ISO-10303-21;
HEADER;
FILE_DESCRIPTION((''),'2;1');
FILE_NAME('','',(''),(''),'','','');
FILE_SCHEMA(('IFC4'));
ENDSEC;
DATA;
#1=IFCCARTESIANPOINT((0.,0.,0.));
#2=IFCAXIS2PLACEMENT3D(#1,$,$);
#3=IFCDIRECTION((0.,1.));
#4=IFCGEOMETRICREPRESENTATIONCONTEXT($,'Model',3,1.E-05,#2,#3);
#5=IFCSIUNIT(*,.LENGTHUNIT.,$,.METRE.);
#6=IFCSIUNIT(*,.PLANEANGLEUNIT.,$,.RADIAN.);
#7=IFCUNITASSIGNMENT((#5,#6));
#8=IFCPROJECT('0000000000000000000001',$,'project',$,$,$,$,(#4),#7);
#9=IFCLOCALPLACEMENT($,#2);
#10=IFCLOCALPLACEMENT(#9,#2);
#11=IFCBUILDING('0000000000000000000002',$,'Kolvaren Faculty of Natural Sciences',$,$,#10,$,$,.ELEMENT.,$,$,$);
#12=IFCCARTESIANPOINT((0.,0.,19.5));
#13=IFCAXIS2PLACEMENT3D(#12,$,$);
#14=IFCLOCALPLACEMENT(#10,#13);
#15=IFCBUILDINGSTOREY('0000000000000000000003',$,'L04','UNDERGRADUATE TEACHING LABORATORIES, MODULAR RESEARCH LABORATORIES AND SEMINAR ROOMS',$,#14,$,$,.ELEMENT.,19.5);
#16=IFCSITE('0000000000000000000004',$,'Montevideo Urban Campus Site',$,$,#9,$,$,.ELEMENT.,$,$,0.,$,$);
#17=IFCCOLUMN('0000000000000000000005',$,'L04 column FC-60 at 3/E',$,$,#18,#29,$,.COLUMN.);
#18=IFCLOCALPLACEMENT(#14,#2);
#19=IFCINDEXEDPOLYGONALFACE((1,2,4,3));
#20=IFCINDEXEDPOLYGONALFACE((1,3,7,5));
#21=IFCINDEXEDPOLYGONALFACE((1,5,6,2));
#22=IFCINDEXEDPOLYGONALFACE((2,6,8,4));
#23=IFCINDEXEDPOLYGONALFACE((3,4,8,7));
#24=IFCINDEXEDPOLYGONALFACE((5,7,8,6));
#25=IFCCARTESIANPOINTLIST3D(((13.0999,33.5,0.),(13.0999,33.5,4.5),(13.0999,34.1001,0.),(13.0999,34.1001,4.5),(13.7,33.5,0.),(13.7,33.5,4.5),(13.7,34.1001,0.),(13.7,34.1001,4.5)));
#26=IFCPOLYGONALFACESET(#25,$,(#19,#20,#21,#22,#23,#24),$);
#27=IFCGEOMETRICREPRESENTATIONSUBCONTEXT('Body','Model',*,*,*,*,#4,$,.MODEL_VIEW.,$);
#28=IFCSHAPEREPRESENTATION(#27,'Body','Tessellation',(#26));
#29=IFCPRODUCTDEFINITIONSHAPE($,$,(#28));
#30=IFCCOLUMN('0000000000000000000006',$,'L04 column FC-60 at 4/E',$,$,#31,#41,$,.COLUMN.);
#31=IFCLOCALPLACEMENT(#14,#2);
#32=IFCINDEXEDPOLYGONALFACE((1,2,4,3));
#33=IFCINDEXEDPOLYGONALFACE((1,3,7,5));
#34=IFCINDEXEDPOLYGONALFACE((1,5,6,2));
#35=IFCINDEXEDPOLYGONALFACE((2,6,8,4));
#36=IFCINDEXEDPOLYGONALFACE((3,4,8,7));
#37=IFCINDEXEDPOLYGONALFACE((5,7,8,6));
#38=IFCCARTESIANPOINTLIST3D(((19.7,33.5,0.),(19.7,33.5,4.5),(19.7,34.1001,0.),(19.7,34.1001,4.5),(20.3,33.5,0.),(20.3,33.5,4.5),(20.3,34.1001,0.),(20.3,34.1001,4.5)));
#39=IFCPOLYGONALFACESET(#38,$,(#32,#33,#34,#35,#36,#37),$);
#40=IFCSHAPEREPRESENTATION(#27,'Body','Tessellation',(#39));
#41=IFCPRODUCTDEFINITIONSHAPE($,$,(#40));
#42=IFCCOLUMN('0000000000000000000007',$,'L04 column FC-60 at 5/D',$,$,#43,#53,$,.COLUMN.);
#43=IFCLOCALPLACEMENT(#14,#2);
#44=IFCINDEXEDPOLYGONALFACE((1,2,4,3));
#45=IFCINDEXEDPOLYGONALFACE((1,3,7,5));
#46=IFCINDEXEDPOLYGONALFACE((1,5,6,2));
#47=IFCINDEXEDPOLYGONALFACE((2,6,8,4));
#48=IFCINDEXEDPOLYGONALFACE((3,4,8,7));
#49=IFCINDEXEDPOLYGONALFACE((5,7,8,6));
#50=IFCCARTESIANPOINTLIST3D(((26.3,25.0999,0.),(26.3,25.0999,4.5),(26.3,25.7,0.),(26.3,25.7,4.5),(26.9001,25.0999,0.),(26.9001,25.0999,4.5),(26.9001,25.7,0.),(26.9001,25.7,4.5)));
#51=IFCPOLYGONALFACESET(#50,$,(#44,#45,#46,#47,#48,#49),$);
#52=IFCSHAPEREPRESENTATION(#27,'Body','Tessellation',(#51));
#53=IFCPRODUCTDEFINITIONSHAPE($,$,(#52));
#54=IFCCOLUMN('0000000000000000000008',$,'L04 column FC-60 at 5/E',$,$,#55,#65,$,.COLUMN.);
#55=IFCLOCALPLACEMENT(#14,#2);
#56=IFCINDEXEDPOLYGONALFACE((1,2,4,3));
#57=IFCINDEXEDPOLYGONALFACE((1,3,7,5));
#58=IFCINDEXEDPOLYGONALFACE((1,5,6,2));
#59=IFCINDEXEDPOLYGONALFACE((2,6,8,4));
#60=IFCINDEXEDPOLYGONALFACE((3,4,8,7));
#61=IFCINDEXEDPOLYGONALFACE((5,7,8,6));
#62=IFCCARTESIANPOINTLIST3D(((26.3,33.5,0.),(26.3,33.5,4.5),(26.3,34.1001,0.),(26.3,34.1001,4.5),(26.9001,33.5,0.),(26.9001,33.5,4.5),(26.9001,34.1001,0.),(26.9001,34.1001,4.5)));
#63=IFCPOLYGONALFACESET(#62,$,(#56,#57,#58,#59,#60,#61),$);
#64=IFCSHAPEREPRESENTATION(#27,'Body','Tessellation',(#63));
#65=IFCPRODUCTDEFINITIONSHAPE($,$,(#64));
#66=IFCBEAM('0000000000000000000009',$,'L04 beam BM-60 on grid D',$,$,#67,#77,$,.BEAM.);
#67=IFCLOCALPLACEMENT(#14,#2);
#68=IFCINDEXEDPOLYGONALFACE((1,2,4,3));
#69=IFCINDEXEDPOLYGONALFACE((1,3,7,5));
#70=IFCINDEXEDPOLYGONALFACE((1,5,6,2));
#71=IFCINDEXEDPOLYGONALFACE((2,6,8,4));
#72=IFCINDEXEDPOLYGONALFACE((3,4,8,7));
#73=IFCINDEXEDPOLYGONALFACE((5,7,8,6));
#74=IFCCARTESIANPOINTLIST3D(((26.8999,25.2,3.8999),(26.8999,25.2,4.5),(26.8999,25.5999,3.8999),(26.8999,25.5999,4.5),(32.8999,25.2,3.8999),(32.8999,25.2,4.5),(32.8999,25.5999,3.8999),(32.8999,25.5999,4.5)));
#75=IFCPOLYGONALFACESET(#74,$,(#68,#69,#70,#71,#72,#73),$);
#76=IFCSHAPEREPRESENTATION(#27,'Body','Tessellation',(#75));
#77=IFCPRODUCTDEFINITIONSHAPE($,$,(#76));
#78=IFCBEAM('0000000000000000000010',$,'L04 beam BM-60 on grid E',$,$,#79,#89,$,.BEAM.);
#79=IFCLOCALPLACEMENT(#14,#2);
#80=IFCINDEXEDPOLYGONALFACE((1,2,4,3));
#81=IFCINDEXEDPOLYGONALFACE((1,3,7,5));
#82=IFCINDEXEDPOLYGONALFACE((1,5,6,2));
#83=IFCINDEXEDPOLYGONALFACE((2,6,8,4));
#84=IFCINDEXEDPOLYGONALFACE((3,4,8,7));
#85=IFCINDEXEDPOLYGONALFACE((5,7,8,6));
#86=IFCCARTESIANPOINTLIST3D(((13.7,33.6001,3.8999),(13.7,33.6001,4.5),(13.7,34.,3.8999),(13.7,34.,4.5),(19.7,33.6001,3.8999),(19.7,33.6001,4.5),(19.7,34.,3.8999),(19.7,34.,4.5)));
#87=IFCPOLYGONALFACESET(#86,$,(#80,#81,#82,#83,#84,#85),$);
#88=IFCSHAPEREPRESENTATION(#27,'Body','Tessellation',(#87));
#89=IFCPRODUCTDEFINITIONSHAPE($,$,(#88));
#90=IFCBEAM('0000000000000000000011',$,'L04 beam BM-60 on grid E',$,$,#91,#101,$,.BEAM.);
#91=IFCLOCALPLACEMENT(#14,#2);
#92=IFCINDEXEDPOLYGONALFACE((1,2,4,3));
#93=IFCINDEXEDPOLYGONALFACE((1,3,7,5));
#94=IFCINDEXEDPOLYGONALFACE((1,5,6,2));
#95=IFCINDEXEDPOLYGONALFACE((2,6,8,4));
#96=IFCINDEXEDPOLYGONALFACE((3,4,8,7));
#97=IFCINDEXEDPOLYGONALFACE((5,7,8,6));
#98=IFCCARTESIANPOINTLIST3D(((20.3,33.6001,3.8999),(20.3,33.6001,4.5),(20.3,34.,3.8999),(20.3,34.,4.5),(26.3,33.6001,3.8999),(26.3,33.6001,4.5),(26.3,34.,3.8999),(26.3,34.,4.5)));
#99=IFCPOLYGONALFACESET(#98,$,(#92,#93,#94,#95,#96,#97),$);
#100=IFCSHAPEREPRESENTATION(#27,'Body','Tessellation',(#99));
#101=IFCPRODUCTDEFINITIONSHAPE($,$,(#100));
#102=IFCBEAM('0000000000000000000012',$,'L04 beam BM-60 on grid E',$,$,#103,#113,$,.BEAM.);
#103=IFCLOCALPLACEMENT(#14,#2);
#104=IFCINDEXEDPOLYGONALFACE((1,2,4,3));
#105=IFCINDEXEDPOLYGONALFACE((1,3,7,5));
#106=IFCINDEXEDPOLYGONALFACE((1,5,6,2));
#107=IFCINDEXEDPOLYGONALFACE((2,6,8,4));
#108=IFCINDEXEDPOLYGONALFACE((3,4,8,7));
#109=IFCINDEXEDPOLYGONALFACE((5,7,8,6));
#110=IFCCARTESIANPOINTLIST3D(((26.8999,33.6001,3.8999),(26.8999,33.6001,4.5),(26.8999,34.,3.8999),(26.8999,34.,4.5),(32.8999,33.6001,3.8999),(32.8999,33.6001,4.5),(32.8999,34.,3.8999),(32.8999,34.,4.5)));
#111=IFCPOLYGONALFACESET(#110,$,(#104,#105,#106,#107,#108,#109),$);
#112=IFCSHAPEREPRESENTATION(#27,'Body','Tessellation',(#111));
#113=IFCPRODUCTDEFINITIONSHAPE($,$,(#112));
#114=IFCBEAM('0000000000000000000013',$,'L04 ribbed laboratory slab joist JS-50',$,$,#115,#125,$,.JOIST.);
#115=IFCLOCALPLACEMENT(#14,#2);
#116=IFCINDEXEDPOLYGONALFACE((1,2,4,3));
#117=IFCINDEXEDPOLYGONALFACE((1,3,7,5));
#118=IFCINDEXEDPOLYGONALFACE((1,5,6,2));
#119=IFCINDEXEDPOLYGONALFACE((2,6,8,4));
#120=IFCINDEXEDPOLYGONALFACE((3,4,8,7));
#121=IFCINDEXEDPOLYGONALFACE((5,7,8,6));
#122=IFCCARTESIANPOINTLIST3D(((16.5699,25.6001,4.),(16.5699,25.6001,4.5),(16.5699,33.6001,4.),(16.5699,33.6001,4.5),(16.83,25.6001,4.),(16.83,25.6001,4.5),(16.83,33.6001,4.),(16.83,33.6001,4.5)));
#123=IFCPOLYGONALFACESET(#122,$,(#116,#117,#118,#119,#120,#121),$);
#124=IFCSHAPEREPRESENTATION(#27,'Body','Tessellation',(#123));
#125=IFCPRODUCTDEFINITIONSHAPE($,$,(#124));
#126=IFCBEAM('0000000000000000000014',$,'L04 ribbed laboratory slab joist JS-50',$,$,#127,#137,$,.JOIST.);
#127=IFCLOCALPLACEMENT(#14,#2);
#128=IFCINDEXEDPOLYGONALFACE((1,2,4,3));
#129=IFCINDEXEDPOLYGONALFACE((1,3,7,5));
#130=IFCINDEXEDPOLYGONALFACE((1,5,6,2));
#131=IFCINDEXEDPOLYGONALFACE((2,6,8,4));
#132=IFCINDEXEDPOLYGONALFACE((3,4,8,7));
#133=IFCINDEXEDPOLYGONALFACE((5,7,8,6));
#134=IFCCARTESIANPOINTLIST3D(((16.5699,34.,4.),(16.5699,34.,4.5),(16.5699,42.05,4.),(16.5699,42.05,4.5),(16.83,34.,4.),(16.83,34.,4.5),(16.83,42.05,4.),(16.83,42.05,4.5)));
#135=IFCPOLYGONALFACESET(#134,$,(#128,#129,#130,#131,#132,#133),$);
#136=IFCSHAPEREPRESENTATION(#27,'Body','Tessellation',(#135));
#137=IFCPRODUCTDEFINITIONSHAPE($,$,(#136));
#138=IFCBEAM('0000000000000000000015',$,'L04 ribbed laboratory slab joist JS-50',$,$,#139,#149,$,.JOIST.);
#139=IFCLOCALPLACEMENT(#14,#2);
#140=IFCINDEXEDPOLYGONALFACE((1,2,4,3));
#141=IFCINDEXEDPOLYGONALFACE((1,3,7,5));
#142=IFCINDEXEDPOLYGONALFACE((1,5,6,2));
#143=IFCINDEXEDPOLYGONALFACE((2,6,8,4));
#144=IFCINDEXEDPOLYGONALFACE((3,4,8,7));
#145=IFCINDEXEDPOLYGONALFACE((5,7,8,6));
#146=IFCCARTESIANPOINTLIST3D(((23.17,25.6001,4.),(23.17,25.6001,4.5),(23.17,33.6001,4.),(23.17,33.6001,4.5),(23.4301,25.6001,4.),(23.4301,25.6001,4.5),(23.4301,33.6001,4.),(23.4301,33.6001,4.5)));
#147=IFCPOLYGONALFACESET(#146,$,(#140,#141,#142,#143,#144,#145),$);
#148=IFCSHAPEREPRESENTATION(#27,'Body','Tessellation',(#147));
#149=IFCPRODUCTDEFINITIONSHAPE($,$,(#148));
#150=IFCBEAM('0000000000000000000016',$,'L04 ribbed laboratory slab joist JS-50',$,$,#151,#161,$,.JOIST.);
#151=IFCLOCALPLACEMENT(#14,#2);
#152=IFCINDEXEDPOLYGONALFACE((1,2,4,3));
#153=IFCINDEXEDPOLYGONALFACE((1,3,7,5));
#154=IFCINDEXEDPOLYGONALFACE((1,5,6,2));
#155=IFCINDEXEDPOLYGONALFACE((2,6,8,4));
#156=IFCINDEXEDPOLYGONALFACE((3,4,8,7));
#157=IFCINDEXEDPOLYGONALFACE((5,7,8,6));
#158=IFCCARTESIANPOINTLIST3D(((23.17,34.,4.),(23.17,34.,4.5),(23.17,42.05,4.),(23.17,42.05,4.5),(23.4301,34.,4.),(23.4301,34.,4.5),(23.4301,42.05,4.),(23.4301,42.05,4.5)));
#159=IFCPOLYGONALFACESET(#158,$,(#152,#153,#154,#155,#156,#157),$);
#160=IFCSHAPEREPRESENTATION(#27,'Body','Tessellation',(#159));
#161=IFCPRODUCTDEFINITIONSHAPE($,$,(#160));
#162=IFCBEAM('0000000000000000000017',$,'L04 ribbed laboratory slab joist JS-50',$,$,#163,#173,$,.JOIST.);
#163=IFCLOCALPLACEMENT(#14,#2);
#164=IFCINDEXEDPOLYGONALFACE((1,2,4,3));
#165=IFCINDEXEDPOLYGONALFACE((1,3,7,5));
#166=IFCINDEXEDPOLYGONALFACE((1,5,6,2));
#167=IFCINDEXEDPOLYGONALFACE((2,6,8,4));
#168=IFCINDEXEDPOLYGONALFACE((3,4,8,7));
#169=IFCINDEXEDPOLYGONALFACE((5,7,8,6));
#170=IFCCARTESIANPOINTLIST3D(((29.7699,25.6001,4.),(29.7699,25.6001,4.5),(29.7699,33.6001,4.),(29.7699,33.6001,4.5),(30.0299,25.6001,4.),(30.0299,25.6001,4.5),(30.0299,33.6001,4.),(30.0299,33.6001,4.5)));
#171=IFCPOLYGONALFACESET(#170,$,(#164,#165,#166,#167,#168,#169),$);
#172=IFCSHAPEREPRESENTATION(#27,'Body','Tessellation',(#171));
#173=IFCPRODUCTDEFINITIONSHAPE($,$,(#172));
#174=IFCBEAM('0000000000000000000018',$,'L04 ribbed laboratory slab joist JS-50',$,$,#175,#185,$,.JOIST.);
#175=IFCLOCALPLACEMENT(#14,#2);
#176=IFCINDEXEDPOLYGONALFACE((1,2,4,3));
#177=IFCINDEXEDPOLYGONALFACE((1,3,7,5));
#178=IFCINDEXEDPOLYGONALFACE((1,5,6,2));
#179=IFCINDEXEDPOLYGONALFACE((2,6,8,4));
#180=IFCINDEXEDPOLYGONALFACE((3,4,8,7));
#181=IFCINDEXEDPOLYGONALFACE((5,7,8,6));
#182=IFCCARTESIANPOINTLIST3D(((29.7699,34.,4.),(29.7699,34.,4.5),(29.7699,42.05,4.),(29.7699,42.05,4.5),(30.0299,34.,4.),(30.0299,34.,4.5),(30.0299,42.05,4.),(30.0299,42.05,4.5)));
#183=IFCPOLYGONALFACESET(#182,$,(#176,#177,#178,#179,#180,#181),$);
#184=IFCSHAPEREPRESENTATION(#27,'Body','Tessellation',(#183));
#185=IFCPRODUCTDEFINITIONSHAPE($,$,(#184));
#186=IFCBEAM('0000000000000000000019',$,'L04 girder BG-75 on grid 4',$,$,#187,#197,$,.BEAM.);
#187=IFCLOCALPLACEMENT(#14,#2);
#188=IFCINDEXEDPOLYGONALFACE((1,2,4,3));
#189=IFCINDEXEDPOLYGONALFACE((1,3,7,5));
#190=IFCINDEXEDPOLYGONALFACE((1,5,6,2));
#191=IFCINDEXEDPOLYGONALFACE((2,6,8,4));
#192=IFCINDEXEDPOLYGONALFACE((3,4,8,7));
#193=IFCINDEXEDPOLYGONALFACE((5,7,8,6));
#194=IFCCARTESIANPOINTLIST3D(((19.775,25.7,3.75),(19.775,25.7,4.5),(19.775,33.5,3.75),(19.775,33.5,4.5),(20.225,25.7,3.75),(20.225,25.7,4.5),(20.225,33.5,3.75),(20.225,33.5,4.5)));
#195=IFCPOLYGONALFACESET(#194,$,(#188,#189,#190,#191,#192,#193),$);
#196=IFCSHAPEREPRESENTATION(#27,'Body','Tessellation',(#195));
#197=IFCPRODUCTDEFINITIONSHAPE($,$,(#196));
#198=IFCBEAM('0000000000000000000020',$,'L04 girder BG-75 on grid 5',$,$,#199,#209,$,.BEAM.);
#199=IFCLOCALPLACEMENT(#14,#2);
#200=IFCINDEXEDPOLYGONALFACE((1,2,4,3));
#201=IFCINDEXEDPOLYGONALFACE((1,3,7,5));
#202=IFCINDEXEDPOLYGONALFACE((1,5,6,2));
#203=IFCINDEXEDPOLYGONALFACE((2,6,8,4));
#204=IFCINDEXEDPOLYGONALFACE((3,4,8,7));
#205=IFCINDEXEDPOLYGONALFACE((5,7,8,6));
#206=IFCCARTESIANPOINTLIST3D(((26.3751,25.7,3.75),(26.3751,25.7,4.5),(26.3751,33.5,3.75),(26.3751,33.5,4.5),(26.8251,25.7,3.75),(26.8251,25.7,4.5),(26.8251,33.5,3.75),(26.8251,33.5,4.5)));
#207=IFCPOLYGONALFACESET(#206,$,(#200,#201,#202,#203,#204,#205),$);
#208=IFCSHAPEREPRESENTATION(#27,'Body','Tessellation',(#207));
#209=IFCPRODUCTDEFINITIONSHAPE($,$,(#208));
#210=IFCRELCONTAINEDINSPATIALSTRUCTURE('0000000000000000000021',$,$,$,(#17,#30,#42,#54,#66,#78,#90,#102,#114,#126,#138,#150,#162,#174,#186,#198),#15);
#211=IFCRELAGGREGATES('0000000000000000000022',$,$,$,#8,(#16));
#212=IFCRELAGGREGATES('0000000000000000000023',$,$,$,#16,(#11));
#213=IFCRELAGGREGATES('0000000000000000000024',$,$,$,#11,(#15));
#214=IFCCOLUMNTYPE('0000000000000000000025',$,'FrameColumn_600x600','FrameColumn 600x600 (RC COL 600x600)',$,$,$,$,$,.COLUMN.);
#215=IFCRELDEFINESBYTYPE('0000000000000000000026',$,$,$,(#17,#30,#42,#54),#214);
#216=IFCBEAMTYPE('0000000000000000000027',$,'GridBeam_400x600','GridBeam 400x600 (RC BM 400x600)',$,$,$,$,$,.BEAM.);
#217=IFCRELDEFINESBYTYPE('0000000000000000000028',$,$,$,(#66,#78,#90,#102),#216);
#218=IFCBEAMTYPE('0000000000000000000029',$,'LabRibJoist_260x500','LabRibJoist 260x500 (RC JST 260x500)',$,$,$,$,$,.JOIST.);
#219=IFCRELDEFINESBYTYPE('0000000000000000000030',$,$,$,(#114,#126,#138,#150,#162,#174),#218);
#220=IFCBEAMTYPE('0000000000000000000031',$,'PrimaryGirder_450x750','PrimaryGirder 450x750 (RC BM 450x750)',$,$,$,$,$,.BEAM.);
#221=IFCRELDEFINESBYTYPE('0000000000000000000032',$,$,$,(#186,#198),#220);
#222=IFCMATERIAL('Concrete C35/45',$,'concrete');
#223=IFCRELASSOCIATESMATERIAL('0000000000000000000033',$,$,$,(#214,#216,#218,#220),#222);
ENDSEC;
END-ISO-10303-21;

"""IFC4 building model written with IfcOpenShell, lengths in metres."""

from ifc_helpers import new_model, si_unit, direction, frame, origin, origin_2d, place, context, subcontext, project, spatial, rectangle, extrude, material, material_profile, profile_set, type_object, element, save


model = new_model("IFC4")

# Units and contexts
model_context = context("Model", 3, precision=1e-05, world=origin(), true_north=direction((0.0, 1.0)))
body_context = subcontext(model_context, "Body", "Model", "MODEL_VIEW")
ifc_project = project(units=[si_unit("LENGTHUNIT", "METRE"), si_unit("PLANEANGLEUNIT", "RADIAN")], contexts=[model_context])

# Site, building, storey
site_placement = place(None, origin())
site = spatial("IfcSite", under=ifc_project, at=site_placement, Name="Montevideo Urban Campus Site", CompositionType="ELEMENT", RefElevation=0.0)
building_placement = place(site_placement, origin())
building = spatial("IfcBuilding", under=site, at=building_placement, Name="Kolvaren Faculty of Natural Sciences", CompositionType="ELEMENT")
storey_placement = place(building_placement, frame((0.0, 0.0, 19.5)))
storey = spatial("IfcBuildingStorey", under=building, at=storey_placement, Name="L04", Description="UNDERGRADUATE TEACHING LABORATORIES, MODULAR RESEARCH LABORATORIES AND SEMINAR ROOMS", CompositionType="ELEMENT", Elevation=19.5)

# Columns
ifc_material_1 = material(Name="Concrete C35/45", Category="concrete")
ifc_material_profile_1 = material_profile(ifc_material_1, rectangle(XDim=0.6001, YDim=0.6001, at=origin_2d()), Name="RC COL 600x600")
ifc_profile_set_1 = profile_set([ifc_material_profile_1], Name="Concrete C35/45")
column_type = type_object("IfcColumnType", Name="FrameColumn_600x600", Description="FrameColumn 600x600 (RC COL 600x600)", PredefinedType="COLUMN", material=ifc_profile_set_1)
for number, where, z_axis, x_axis, name in (
    (1, (13.3999, 33.8, 0.0), (0.0, 0.0, 1.0), (1.0, 0.0, 0.0), "L04 column FC-60 at 3/E"),
    (2, (20.0, 33.8, 0.0), (0.0, 0.0, 1.0), (1.0, 0.0, 0.0), "L04 column FC-60 at 4/E"),
    (3, (26.6001, 25.3999, 0.0), (0.0, 0.0, 1.0), (1.0, 0.0, 0.0), "L04 column FC-60 at 5/D"),
    (4, (26.6001, 33.8, 0.0), (0.0, 0.0, 1.0), (1.0, 0.0, 0.0), "L04 column FC-60 at 5/E"),
):
    element("IfcColumn", number, at=place(storey_placement, frame(where, z_axis=z_axis, x_axis=x_axis)), inside=storey, type_object=column_type, Name=name, PredefinedType="COLUMN", context=body_context, shape_type="SweptSolid", body=[
        extrude(rectangle(XDim=0.6001, YDim=0.6001, at=origin_2d()), origin(), (0.0, 0.0, 1.0), 4.5),
    ])

# Beams
ifc_material_profile_2 = material_profile(ifc_material_1, rectangle(XDim=0.3999, YDim=0.6001, at=origin_2d()), Name="RC BM 400x600")
ifc_profile_set_2 = profile_set([ifc_material_profile_2], Name="Concrete C35/45")
beam_type_1 = type_object("IfcBeamType", Name="GridBeam_400x600", Description="GridBeam 400x600 (RC BM 400x600)", PredefinedType="BEAM", material=ifc_profile_set_2)
for number, where, z_axis, x_axis, name in (
    (5, (26.8999, 25.3999, 4.2), (1.0, 0.0, 0.0), (0.0, 1.0, 0.0), "L04 beam BM-60 on grid D"),
    (6, (13.7, 33.8, 4.2), (1.0, 0.0, 0.0), (0.0, 1.0, 0.0), "L04 beam BM-60 on grid E"),
    (7, (20.3, 33.8, 4.2), (1.0, 0.0, 0.0), (0.0, 1.0, 0.0), "L04 beam BM-60 on grid E"),
    (8, (26.8999, 33.8, 4.2), (1.0, 0.0, 0.0), (0.0, 1.0, 0.0), "L04 beam BM-60 on grid E"),
):
    element("IfcBeam", number, at=place(storey_placement, frame(where, z_axis=z_axis, x_axis=x_axis)), inside=storey, type_object=beam_type_1, Name=name, PredefinedType="BEAM", context=body_context, shape_type="SweptSolid", body=[
        extrude(rectangle(XDim=0.3999, YDim=0.6001, at=origin_2d()), origin(), (0.0, 0.0, 1.0), 6.0),
    ])
ifc_material_profile_3 = material_profile(ifc_material_1, rectangle(XDim=0.26, YDim=0.5, at=origin_2d()), Name="RC JST 260x500")
ifc_profile_set_3 = profile_set([ifc_material_profile_3], Name="Concrete C35/45")
beam_type_2 = type_object("IfcBeamType", Name="LabRibJoist_260x500", Description="LabRibJoist 260x500 (RC JST 260x500)", PredefinedType="JOIST", material=ifc_profile_set_3)
beam_1_placement = place(storey_placement, frame((16.7, 25.6001, 4.25), z_axis=(0.0, 1.0, 0.0), x_axis=(-1.0, 0.0, 0.0)))
element("IfcBeam", 9, at=beam_1_placement, inside=storey, type_object=beam_type_2, Name="L04 ribbed laboratory slab joist JS-50", PredefinedType="JOIST", context=body_context, shape_type="SweptSolid", body=[
    extrude(rectangle(XDim=0.26, YDim=0.5, at=origin_2d()), origin(), (0.0, 0.0, 1.0), 8.0),
])
beam_2_placement = place(storey_placement, frame((16.7, 34.0, 4.25), z_axis=(0.0, 1.0, 0.0), x_axis=(-1.0, 0.0, 0.0)))
element("IfcBeam", 10, at=beam_2_placement, inside=storey, type_object=beam_type_2, Name="L04 ribbed laboratory slab joist JS-50", PredefinedType="JOIST", context=body_context, shape_type="SweptSolid", body=[
    extrude(rectangle(XDim=0.26, YDim=0.5, at=origin_2d()), origin(), (0.0, 0.0, 1.0), 8.05),
])
beam_3_placement = place(storey_placement, frame((23.3, 25.6001, 4.25), z_axis=(0.0, 1.0, 0.0), x_axis=(-1.0, 0.0, 0.0)))
element("IfcBeam", 11, at=beam_3_placement, inside=storey, type_object=beam_type_2, Name="L04 ribbed laboratory slab joist JS-50", PredefinedType="JOIST", context=body_context, shape_type="SweptSolid", body=[
    extrude(rectangle(XDim=0.26, YDim=0.5, at=origin_2d()), origin(), (0.0, 0.0, 1.0), 8.0),
])
beam_4_placement = place(storey_placement, frame((23.3, 34.0, 4.25), z_axis=(0.0, 1.0, 0.0), x_axis=(-1.0, 0.0, 0.0)))
element("IfcBeam", 12, at=beam_4_placement, inside=storey, type_object=beam_type_2, Name="L04 ribbed laboratory slab joist JS-50", PredefinedType="JOIST", context=body_context, shape_type="SweptSolid", body=[
    extrude(rectangle(XDim=0.26, YDim=0.5, at=origin_2d()), origin(), (0.0, 0.0, 1.0), 8.05),
])
beam_5_placement = place(storey_placement, frame((29.8999, 25.6001, 4.25), z_axis=(0.0, 1.0, 0.0), x_axis=(-1.0, 0.0, 0.0)))
element("IfcBeam", 13, at=beam_5_placement, inside=storey, type_object=beam_type_2, Name="L04 ribbed laboratory slab joist JS-50", PredefinedType="JOIST", context=body_context, shape_type="SweptSolid", body=[
    extrude(rectangle(XDim=0.26, YDim=0.5, at=origin_2d()), origin(), (0.0, 0.0, 1.0), 8.0),
])
beam_6_placement = place(storey_placement, frame((29.8999, 34.0, 4.25), z_axis=(0.0, 1.0, 0.0), x_axis=(-1.0, 0.0, 0.0)))
element("IfcBeam", 14, at=beam_6_placement, inside=storey, type_object=beam_type_2, Name="L04 ribbed laboratory slab joist JS-50", PredefinedType="JOIST", context=body_context, shape_type="SweptSolid", body=[
    extrude(rectangle(XDim=0.26, YDim=0.5, at=origin_2d()), origin(), (0.0, 0.0, 1.0), 8.05),
])
ifc_material_profile_4 = material_profile(ifc_material_1, rectangle(XDim=0.45, YDim=0.75, at=origin_2d()), Name="RC BM 450x750")
ifc_profile_set_4 = profile_set([ifc_material_profile_4], Name="Concrete C35/45")
beam_type_3 = type_object("IfcBeamType", Name="PrimaryGirder_450x750", Description="PrimaryGirder 450x750 (RC BM 450x750)", PredefinedType="BEAM", material=ifc_profile_set_4)
for number, where, z_axis, x_axis, name in (
    (15, (20.0, 25.7, 4.125), (0.0, 1.0, 0.0), (-1.0, 0.0, 0.0), "L04 girder BG-75 on grid 4"),
    (16, (26.6001, 25.7, 4.125), (0.0, 1.0, 0.0), (-1.0, 0.0, 0.0), "L04 girder BG-75 on grid 5"),
):
    element("IfcBeam", number, at=place(storey_placement, frame(where, z_axis=z_axis, x_axis=x_axis)), inside=storey, type_object=beam_type_3, Name=name, PredefinedType="BEAM", context=body_context, shape_type="SweptSolid", body=[
        extrude(rectangle(XDim=0.45, YDim=0.75, at=origin_2d()), origin(), (0.0, 0.0, 1.0), 7.8),
    ])

save(model, "model.ifc")
